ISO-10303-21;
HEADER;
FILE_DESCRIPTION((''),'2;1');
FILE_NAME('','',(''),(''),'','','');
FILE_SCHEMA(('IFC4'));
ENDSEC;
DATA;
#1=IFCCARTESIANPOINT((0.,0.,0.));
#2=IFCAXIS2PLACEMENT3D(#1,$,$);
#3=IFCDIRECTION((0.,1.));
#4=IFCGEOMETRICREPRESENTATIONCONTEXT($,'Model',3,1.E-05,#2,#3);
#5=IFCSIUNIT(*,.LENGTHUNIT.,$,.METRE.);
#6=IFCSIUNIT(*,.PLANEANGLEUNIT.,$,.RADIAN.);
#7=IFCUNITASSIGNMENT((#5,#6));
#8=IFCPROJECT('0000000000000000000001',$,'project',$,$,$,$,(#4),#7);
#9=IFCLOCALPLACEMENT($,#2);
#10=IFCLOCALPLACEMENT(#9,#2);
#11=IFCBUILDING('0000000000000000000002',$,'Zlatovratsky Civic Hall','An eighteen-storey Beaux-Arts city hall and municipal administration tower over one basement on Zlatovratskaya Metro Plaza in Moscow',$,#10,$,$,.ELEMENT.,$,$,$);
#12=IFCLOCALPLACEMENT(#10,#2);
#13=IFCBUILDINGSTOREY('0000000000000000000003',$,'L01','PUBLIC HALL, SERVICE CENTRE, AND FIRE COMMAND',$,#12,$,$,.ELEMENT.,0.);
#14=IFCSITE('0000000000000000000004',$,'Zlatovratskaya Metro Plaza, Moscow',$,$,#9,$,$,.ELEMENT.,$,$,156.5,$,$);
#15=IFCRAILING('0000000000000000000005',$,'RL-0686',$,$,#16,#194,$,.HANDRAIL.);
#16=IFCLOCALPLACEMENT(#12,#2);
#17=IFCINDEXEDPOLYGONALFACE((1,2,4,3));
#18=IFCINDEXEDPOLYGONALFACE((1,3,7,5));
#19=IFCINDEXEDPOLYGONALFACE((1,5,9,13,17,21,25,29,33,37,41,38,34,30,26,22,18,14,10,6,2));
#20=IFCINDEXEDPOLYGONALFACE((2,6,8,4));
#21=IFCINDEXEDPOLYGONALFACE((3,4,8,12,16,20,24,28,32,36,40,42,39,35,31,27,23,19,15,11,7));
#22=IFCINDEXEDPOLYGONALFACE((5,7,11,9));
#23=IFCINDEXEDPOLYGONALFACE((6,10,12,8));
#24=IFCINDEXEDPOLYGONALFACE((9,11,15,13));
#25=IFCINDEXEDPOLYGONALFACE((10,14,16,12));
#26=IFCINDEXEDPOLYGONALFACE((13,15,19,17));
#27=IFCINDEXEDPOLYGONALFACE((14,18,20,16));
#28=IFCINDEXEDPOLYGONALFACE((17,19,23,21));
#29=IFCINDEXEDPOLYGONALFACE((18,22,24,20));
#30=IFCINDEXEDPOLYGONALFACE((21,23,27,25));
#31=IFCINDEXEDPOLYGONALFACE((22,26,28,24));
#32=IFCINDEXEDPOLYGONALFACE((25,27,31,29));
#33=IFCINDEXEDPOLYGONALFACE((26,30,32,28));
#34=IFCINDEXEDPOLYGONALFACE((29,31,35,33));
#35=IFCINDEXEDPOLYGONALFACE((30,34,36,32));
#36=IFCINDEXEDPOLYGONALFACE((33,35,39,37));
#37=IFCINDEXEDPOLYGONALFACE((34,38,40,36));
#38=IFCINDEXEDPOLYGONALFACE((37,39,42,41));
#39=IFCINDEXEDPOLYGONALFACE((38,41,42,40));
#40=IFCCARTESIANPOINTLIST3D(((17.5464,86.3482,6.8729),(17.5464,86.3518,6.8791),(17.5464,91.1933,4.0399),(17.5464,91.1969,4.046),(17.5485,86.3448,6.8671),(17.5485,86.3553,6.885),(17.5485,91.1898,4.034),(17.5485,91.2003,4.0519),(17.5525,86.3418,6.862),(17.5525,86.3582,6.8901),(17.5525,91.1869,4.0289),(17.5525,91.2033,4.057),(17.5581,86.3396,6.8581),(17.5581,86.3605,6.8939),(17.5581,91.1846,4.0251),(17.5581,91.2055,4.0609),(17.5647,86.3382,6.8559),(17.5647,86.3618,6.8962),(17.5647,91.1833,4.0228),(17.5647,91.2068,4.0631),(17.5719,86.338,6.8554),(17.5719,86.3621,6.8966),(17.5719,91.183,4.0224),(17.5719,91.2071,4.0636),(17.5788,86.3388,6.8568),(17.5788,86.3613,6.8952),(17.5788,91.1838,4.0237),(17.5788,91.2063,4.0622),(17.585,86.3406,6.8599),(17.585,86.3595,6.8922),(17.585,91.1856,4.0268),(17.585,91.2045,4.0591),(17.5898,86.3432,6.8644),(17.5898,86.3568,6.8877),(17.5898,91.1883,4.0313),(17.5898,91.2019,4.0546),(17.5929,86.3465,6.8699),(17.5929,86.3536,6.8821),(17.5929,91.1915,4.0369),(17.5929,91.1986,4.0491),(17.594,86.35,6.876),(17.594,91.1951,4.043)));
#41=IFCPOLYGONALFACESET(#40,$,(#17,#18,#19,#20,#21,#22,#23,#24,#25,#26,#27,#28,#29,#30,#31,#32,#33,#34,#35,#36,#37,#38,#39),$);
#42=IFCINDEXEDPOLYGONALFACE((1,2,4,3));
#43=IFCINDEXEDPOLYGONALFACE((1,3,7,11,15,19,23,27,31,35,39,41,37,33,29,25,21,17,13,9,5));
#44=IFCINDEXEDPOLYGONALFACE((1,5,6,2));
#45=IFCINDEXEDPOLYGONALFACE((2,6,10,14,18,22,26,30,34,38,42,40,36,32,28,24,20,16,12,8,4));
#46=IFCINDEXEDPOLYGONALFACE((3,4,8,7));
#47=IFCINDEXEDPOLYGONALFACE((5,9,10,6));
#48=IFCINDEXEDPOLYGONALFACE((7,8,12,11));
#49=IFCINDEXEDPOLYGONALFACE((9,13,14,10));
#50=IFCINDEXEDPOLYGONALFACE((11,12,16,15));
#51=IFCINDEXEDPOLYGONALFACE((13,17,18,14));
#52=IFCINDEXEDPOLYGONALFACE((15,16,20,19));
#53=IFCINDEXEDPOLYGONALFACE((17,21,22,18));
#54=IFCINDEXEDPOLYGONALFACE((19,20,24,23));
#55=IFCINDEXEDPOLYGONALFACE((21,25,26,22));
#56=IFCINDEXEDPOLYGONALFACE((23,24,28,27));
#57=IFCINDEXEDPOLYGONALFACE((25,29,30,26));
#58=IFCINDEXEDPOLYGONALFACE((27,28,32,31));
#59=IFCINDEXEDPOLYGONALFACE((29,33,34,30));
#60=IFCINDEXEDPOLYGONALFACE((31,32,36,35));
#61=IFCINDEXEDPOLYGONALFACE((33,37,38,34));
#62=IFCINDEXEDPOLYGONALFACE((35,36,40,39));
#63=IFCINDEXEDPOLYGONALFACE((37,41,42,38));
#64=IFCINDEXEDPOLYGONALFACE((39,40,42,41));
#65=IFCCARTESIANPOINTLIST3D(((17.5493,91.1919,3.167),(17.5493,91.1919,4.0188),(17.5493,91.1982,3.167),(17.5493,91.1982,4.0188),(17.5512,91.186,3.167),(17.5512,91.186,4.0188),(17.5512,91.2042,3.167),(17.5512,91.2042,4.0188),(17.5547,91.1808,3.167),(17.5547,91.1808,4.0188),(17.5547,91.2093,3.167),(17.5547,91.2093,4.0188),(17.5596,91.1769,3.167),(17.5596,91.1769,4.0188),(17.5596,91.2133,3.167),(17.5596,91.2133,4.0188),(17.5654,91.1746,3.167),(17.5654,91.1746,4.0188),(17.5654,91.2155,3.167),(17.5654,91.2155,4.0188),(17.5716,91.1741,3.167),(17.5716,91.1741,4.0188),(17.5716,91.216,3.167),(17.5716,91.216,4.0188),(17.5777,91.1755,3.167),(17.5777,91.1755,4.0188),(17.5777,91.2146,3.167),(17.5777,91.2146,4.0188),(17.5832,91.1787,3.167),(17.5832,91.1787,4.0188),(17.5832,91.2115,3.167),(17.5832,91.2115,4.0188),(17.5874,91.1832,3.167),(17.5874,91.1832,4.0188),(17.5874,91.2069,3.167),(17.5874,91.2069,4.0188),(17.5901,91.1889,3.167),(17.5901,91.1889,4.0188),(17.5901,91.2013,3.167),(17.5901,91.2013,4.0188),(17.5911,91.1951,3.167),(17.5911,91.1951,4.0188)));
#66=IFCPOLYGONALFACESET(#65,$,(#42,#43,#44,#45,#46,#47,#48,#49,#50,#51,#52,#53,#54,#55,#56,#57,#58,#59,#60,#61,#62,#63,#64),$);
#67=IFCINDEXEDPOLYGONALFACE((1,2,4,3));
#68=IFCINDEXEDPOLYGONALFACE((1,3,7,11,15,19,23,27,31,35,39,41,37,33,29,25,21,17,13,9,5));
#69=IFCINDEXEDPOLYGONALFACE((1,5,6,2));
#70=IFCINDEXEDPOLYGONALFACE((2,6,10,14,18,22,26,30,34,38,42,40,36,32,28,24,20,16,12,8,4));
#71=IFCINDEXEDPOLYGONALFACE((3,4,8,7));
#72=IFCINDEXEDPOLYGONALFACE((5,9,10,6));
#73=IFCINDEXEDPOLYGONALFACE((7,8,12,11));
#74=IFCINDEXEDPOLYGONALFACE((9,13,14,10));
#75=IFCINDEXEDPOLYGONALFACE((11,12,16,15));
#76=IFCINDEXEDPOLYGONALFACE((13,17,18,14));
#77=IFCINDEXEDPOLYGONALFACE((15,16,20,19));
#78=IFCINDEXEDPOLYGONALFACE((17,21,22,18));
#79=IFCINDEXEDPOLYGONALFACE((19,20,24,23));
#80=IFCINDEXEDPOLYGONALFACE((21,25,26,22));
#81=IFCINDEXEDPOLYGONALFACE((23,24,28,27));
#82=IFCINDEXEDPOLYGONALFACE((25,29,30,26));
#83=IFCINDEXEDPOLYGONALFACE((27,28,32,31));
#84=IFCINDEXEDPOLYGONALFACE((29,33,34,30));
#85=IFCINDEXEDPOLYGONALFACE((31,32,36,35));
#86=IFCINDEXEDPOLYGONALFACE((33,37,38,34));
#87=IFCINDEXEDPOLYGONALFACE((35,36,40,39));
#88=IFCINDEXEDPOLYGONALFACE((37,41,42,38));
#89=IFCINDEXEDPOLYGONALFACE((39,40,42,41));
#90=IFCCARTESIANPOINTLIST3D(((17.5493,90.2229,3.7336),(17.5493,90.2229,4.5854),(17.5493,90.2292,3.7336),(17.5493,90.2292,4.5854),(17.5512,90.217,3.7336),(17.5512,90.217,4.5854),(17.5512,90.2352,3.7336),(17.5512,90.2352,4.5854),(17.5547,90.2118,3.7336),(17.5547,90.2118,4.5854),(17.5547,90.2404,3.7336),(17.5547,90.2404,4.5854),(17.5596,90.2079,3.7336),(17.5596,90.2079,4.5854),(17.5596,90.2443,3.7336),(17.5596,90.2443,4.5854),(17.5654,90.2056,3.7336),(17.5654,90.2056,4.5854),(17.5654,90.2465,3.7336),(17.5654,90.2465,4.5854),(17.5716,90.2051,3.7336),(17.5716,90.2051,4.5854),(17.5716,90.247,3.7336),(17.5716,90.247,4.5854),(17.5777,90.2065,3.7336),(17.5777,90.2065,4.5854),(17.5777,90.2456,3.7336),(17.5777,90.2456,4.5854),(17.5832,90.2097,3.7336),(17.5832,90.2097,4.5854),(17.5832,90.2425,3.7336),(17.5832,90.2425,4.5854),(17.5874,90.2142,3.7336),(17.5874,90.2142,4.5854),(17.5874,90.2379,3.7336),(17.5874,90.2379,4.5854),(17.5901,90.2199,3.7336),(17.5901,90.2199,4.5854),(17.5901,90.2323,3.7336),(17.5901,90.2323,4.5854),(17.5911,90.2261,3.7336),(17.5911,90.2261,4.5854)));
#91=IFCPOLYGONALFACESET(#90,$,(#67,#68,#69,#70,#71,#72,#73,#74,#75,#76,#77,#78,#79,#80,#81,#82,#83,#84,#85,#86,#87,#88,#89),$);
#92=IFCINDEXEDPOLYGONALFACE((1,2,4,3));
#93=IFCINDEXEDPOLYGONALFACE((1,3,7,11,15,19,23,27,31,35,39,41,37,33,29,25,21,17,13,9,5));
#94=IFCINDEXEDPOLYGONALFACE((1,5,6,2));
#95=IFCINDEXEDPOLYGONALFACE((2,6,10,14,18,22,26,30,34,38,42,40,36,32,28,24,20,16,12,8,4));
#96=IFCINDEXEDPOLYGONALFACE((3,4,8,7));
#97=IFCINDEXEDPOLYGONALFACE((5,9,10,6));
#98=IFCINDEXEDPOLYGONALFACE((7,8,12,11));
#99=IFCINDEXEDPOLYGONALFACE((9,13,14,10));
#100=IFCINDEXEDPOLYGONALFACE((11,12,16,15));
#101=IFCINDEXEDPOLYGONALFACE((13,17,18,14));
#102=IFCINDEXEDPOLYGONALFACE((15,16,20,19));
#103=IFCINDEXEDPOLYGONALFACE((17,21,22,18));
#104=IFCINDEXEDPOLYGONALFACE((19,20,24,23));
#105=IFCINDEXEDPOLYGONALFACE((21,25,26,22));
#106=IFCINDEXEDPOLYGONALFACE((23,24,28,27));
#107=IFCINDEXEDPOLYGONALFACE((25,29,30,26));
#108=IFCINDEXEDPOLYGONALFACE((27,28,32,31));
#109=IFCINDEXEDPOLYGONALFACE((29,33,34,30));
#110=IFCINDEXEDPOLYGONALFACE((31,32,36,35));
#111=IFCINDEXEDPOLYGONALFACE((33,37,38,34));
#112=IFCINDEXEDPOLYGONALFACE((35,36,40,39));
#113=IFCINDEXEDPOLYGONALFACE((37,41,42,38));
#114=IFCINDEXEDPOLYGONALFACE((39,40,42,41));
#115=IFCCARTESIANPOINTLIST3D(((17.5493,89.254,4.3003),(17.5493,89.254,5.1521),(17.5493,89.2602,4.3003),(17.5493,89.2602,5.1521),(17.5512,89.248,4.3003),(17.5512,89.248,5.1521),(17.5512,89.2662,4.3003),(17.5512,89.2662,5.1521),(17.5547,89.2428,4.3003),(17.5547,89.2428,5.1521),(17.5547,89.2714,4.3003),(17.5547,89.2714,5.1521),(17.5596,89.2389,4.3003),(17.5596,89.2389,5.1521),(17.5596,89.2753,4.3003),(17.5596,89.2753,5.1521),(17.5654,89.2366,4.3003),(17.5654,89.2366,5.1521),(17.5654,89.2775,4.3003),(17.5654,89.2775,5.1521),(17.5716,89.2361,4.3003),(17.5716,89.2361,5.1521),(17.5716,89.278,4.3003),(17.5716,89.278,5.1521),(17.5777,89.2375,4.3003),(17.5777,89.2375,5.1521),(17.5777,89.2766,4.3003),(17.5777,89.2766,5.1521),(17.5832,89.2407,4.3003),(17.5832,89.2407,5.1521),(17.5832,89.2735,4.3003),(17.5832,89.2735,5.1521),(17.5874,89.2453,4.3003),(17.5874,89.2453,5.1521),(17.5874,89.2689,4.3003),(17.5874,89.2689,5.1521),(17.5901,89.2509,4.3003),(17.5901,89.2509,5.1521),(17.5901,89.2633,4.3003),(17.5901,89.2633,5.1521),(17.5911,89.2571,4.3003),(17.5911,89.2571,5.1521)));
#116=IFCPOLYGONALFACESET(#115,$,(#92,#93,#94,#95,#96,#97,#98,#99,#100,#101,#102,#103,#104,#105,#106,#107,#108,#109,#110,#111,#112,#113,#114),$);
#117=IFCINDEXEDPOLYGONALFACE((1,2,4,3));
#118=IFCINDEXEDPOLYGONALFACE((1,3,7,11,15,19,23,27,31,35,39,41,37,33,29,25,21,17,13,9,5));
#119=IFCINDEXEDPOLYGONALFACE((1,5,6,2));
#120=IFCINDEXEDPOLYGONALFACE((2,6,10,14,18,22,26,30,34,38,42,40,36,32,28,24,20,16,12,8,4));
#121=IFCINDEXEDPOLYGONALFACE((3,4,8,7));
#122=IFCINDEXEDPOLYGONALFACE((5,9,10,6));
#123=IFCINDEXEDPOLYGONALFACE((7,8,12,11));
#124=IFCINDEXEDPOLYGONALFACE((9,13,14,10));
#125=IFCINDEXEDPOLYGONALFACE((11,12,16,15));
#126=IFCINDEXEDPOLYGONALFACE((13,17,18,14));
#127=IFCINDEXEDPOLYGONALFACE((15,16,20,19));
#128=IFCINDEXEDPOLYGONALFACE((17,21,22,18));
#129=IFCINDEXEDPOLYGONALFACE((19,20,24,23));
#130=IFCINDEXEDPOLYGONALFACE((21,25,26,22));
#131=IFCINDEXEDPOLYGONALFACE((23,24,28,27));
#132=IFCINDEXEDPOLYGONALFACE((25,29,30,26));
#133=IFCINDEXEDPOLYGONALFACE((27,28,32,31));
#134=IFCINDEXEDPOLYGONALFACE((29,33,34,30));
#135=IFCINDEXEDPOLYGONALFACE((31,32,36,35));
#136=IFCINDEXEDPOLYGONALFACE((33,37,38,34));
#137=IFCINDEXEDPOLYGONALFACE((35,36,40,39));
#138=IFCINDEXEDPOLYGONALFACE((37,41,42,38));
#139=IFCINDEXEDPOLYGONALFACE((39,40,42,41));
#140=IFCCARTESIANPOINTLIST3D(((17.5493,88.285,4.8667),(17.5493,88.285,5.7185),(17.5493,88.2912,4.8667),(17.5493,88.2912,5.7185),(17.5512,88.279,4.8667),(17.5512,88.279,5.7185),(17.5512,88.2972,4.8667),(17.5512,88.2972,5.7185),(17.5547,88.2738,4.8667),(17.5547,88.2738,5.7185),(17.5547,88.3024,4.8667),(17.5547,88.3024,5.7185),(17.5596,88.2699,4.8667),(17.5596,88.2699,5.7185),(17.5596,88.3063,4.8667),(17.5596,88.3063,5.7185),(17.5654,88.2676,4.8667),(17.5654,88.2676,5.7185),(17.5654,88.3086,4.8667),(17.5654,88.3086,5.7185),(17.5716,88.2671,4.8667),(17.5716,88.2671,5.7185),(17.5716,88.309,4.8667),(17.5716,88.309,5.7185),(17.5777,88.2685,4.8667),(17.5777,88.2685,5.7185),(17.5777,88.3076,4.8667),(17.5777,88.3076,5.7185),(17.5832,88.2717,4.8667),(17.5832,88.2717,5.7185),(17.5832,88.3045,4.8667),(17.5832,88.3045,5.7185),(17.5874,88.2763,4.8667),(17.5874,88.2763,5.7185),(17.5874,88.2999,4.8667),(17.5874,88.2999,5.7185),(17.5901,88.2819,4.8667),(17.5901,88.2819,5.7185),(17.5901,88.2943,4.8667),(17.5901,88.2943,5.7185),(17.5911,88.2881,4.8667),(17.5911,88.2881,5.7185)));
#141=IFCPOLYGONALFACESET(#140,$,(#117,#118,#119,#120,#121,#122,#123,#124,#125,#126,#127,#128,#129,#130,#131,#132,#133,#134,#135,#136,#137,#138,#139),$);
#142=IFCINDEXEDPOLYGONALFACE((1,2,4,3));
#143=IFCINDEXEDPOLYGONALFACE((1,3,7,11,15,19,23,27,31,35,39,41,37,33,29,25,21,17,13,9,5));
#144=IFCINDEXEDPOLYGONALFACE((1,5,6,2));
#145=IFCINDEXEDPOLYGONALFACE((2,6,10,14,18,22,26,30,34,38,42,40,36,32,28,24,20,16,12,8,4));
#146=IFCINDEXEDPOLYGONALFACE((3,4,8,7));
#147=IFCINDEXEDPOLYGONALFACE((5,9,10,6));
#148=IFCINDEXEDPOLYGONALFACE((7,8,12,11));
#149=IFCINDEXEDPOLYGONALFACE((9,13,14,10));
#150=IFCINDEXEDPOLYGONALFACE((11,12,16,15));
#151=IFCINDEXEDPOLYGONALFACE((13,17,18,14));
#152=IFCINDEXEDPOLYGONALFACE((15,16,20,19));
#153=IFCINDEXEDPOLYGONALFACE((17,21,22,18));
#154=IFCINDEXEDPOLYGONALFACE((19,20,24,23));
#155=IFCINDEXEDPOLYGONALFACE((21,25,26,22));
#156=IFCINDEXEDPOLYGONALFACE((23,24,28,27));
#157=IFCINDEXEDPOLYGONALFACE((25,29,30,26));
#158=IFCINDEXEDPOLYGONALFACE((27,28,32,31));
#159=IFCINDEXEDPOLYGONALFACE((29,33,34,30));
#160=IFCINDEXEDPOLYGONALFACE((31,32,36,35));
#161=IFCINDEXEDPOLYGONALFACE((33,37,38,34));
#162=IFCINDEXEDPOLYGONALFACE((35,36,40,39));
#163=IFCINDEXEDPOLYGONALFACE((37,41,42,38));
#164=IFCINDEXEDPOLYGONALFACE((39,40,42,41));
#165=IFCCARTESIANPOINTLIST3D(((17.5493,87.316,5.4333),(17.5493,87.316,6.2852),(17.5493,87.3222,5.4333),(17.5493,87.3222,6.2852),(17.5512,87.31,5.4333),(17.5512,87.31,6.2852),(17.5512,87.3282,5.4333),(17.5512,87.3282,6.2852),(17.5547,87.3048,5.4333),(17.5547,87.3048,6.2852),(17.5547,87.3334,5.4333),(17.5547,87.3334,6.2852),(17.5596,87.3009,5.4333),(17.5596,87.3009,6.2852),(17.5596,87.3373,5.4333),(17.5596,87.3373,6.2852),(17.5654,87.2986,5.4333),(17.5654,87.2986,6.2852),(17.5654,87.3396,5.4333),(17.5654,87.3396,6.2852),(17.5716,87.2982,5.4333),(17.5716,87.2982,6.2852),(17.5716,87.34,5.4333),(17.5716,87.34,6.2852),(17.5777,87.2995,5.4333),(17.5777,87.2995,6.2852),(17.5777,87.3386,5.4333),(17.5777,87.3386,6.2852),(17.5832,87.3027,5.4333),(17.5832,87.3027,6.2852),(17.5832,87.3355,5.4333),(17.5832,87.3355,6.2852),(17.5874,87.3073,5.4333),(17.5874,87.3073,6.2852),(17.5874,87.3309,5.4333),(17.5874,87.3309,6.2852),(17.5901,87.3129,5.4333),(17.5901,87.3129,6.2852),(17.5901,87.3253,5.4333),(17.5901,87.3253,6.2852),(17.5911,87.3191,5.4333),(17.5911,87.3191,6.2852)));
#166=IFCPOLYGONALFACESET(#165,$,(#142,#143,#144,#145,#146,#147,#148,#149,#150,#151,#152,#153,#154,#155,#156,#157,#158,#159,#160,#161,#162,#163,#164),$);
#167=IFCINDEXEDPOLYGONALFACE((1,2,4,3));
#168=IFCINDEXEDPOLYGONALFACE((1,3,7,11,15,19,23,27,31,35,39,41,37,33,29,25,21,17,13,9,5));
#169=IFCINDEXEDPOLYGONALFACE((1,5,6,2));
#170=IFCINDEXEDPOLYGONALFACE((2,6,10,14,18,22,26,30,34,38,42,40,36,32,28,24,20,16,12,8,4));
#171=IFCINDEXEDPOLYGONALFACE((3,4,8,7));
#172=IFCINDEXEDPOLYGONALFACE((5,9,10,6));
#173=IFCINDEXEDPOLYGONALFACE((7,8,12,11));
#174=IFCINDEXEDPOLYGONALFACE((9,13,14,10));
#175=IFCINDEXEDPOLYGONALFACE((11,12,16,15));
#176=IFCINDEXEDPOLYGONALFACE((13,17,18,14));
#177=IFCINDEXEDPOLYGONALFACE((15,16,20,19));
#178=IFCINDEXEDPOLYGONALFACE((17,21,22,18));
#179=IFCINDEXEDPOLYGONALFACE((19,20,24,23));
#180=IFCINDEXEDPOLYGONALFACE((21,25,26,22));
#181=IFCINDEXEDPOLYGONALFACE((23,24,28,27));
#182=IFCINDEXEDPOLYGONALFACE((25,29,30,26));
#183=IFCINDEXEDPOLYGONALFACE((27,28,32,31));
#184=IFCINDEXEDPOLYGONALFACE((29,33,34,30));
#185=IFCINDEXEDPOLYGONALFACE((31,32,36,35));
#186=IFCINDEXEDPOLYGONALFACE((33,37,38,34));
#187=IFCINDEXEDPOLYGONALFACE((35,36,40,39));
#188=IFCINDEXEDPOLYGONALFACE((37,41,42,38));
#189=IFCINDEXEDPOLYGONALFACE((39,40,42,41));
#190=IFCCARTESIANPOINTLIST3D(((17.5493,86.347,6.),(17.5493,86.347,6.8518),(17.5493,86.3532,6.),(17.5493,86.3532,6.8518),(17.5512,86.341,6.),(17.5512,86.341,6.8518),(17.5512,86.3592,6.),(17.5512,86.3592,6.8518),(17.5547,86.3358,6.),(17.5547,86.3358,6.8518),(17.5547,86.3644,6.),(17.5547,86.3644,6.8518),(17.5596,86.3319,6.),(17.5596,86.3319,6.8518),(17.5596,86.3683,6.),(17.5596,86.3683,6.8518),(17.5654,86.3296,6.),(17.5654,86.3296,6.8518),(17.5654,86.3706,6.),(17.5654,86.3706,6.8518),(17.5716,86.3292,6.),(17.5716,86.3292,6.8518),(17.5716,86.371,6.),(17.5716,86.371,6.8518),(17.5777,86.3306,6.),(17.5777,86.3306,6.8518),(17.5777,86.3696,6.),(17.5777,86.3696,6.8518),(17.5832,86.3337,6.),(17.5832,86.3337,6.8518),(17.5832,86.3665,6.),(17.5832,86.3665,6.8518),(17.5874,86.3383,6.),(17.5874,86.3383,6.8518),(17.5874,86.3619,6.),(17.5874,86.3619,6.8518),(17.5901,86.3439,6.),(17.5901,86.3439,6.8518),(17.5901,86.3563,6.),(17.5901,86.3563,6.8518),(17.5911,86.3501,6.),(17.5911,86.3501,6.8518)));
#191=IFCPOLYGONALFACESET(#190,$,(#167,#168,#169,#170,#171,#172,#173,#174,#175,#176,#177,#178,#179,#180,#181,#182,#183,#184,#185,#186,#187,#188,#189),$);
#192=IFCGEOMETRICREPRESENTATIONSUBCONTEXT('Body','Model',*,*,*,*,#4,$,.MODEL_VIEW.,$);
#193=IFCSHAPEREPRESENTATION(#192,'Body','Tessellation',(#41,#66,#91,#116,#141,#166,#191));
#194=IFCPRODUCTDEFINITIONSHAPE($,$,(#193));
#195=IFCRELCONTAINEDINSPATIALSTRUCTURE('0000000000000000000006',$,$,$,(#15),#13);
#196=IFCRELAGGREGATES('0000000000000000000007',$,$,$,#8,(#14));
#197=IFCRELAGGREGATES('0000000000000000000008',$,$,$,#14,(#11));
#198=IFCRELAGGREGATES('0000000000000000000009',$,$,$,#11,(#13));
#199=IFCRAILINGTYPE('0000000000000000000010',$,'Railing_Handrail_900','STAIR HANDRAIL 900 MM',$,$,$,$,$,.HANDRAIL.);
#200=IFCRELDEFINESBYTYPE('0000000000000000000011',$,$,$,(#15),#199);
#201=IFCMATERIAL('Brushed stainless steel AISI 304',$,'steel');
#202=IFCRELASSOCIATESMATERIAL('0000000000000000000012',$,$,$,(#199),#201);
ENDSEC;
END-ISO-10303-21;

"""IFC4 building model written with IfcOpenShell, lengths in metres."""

from ifc_helpers import new_model, si_unit, direction, frame, origin, origin_2d, place, context, subcontext, project, spatial, circle, extrude, material, type_object, element, save


model = new_model("IFC4")

# Units and contexts
model_context = context("Model", 3, precision=1e-05, world=origin(), true_north=direction((0.0, 1.0)))
body_context = subcontext(model_context, "Body", "Model", "MODEL_VIEW")
ifc_project = project(units=[si_unit("LENGTHUNIT", "METRE"), si_unit("PLANEANGLEUNIT", "RADIAN")], contexts=[model_context])

# Site, building, storey
site_placement = place(None, origin())
site = spatial("IfcSite", under=ifc_project, at=site_placement, Name="Zlatovratskaya Metro Plaza, Moscow", CompositionType="ELEMENT", RefElevation=156.5)
building_placement = place(site_placement, origin())
building = spatial("IfcBuilding", under=site, at=building_placement, Name="Zlatovratsky Civic Hall", Description="An eighteen-storey Beaux-Arts city hall and municipal administration tower over one basement on Zlatovratskaya Metro Plaza in Moscow", CompositionType="ELEMENT")
storey_placement = place(building_placement, origin())
storey = spatial("IfcBuildingStorey", under=building, at=storey_placement, Name="L01", Description="PUBLIC HALL, SERVICE CENTRE, AND FIRE COMMAND", CompositionType="ELEMENT", Elevation=0.0)

# Railing
ifc_material_1 = material(Name="Brushed stainless steel AISI 304", Category="steel")
railing_type_1 = type_object("IfcRailingType", Name="Railing_Handrail_900", Description="STAIR HANDRAIL 900 MM", PredefinedType="HANDRAIL", material=ifc_material_1)
railing_1_placement = place(storey_placement, frame((17.5701, 91.1951, 3.167)))
element("IfcRailing", 1, at=railing_1_placement, inside=storey, type_object=railing_type_1, Name="RL-0686", PredefinedType="HANDRAIL", context=body_context, shape_type="SweptSolid", body=[
    extrude(circle(Radius=0.0239, at=origin_2d()), frame((0.0, 0.0, 0.876), z_axis=(0.0, -0.863253, 0.504771), x_axis=(1.0, 0.0, 0.0)), (0.0, 0.0, 1.0), 5.6125),
    extrude(circle(Radius=0.021, at=origin_2d()), origin(), (0.0, 0.0, 1.0), 0.8518),
    extrude(circle(Radius=0.021, at=origin_2d()), frame((0.0, -0.969, 0.5667)), (0.0, 0.0, 1.0), 0.8518),
    extrude(circle(Radius=0.021, at=origin_2d()), frame((0.0, -1.938, 1.1333)), (0.0, 0.0, 1.0), 0.8518),
    extrude(circle(Radius=0.021, at=origin_2d()), frame((0.0, -2.907, 1.6997)), (0.0, 0.0, 1.0), 0.8518),
    extrude(circle(Radius=0.021, at=origin_2d()), frame((0.0, -3.876, 2.2664)), (0.0, 0.0, 1.0), 0.8518),
    extrude(circle(Radius=0.021, at=origin_2d()), frame((0.0, -4.845, 2.833)), (0.0, 0.0, 1.0), 0.8518),
])

save(model, "model.ifc")
